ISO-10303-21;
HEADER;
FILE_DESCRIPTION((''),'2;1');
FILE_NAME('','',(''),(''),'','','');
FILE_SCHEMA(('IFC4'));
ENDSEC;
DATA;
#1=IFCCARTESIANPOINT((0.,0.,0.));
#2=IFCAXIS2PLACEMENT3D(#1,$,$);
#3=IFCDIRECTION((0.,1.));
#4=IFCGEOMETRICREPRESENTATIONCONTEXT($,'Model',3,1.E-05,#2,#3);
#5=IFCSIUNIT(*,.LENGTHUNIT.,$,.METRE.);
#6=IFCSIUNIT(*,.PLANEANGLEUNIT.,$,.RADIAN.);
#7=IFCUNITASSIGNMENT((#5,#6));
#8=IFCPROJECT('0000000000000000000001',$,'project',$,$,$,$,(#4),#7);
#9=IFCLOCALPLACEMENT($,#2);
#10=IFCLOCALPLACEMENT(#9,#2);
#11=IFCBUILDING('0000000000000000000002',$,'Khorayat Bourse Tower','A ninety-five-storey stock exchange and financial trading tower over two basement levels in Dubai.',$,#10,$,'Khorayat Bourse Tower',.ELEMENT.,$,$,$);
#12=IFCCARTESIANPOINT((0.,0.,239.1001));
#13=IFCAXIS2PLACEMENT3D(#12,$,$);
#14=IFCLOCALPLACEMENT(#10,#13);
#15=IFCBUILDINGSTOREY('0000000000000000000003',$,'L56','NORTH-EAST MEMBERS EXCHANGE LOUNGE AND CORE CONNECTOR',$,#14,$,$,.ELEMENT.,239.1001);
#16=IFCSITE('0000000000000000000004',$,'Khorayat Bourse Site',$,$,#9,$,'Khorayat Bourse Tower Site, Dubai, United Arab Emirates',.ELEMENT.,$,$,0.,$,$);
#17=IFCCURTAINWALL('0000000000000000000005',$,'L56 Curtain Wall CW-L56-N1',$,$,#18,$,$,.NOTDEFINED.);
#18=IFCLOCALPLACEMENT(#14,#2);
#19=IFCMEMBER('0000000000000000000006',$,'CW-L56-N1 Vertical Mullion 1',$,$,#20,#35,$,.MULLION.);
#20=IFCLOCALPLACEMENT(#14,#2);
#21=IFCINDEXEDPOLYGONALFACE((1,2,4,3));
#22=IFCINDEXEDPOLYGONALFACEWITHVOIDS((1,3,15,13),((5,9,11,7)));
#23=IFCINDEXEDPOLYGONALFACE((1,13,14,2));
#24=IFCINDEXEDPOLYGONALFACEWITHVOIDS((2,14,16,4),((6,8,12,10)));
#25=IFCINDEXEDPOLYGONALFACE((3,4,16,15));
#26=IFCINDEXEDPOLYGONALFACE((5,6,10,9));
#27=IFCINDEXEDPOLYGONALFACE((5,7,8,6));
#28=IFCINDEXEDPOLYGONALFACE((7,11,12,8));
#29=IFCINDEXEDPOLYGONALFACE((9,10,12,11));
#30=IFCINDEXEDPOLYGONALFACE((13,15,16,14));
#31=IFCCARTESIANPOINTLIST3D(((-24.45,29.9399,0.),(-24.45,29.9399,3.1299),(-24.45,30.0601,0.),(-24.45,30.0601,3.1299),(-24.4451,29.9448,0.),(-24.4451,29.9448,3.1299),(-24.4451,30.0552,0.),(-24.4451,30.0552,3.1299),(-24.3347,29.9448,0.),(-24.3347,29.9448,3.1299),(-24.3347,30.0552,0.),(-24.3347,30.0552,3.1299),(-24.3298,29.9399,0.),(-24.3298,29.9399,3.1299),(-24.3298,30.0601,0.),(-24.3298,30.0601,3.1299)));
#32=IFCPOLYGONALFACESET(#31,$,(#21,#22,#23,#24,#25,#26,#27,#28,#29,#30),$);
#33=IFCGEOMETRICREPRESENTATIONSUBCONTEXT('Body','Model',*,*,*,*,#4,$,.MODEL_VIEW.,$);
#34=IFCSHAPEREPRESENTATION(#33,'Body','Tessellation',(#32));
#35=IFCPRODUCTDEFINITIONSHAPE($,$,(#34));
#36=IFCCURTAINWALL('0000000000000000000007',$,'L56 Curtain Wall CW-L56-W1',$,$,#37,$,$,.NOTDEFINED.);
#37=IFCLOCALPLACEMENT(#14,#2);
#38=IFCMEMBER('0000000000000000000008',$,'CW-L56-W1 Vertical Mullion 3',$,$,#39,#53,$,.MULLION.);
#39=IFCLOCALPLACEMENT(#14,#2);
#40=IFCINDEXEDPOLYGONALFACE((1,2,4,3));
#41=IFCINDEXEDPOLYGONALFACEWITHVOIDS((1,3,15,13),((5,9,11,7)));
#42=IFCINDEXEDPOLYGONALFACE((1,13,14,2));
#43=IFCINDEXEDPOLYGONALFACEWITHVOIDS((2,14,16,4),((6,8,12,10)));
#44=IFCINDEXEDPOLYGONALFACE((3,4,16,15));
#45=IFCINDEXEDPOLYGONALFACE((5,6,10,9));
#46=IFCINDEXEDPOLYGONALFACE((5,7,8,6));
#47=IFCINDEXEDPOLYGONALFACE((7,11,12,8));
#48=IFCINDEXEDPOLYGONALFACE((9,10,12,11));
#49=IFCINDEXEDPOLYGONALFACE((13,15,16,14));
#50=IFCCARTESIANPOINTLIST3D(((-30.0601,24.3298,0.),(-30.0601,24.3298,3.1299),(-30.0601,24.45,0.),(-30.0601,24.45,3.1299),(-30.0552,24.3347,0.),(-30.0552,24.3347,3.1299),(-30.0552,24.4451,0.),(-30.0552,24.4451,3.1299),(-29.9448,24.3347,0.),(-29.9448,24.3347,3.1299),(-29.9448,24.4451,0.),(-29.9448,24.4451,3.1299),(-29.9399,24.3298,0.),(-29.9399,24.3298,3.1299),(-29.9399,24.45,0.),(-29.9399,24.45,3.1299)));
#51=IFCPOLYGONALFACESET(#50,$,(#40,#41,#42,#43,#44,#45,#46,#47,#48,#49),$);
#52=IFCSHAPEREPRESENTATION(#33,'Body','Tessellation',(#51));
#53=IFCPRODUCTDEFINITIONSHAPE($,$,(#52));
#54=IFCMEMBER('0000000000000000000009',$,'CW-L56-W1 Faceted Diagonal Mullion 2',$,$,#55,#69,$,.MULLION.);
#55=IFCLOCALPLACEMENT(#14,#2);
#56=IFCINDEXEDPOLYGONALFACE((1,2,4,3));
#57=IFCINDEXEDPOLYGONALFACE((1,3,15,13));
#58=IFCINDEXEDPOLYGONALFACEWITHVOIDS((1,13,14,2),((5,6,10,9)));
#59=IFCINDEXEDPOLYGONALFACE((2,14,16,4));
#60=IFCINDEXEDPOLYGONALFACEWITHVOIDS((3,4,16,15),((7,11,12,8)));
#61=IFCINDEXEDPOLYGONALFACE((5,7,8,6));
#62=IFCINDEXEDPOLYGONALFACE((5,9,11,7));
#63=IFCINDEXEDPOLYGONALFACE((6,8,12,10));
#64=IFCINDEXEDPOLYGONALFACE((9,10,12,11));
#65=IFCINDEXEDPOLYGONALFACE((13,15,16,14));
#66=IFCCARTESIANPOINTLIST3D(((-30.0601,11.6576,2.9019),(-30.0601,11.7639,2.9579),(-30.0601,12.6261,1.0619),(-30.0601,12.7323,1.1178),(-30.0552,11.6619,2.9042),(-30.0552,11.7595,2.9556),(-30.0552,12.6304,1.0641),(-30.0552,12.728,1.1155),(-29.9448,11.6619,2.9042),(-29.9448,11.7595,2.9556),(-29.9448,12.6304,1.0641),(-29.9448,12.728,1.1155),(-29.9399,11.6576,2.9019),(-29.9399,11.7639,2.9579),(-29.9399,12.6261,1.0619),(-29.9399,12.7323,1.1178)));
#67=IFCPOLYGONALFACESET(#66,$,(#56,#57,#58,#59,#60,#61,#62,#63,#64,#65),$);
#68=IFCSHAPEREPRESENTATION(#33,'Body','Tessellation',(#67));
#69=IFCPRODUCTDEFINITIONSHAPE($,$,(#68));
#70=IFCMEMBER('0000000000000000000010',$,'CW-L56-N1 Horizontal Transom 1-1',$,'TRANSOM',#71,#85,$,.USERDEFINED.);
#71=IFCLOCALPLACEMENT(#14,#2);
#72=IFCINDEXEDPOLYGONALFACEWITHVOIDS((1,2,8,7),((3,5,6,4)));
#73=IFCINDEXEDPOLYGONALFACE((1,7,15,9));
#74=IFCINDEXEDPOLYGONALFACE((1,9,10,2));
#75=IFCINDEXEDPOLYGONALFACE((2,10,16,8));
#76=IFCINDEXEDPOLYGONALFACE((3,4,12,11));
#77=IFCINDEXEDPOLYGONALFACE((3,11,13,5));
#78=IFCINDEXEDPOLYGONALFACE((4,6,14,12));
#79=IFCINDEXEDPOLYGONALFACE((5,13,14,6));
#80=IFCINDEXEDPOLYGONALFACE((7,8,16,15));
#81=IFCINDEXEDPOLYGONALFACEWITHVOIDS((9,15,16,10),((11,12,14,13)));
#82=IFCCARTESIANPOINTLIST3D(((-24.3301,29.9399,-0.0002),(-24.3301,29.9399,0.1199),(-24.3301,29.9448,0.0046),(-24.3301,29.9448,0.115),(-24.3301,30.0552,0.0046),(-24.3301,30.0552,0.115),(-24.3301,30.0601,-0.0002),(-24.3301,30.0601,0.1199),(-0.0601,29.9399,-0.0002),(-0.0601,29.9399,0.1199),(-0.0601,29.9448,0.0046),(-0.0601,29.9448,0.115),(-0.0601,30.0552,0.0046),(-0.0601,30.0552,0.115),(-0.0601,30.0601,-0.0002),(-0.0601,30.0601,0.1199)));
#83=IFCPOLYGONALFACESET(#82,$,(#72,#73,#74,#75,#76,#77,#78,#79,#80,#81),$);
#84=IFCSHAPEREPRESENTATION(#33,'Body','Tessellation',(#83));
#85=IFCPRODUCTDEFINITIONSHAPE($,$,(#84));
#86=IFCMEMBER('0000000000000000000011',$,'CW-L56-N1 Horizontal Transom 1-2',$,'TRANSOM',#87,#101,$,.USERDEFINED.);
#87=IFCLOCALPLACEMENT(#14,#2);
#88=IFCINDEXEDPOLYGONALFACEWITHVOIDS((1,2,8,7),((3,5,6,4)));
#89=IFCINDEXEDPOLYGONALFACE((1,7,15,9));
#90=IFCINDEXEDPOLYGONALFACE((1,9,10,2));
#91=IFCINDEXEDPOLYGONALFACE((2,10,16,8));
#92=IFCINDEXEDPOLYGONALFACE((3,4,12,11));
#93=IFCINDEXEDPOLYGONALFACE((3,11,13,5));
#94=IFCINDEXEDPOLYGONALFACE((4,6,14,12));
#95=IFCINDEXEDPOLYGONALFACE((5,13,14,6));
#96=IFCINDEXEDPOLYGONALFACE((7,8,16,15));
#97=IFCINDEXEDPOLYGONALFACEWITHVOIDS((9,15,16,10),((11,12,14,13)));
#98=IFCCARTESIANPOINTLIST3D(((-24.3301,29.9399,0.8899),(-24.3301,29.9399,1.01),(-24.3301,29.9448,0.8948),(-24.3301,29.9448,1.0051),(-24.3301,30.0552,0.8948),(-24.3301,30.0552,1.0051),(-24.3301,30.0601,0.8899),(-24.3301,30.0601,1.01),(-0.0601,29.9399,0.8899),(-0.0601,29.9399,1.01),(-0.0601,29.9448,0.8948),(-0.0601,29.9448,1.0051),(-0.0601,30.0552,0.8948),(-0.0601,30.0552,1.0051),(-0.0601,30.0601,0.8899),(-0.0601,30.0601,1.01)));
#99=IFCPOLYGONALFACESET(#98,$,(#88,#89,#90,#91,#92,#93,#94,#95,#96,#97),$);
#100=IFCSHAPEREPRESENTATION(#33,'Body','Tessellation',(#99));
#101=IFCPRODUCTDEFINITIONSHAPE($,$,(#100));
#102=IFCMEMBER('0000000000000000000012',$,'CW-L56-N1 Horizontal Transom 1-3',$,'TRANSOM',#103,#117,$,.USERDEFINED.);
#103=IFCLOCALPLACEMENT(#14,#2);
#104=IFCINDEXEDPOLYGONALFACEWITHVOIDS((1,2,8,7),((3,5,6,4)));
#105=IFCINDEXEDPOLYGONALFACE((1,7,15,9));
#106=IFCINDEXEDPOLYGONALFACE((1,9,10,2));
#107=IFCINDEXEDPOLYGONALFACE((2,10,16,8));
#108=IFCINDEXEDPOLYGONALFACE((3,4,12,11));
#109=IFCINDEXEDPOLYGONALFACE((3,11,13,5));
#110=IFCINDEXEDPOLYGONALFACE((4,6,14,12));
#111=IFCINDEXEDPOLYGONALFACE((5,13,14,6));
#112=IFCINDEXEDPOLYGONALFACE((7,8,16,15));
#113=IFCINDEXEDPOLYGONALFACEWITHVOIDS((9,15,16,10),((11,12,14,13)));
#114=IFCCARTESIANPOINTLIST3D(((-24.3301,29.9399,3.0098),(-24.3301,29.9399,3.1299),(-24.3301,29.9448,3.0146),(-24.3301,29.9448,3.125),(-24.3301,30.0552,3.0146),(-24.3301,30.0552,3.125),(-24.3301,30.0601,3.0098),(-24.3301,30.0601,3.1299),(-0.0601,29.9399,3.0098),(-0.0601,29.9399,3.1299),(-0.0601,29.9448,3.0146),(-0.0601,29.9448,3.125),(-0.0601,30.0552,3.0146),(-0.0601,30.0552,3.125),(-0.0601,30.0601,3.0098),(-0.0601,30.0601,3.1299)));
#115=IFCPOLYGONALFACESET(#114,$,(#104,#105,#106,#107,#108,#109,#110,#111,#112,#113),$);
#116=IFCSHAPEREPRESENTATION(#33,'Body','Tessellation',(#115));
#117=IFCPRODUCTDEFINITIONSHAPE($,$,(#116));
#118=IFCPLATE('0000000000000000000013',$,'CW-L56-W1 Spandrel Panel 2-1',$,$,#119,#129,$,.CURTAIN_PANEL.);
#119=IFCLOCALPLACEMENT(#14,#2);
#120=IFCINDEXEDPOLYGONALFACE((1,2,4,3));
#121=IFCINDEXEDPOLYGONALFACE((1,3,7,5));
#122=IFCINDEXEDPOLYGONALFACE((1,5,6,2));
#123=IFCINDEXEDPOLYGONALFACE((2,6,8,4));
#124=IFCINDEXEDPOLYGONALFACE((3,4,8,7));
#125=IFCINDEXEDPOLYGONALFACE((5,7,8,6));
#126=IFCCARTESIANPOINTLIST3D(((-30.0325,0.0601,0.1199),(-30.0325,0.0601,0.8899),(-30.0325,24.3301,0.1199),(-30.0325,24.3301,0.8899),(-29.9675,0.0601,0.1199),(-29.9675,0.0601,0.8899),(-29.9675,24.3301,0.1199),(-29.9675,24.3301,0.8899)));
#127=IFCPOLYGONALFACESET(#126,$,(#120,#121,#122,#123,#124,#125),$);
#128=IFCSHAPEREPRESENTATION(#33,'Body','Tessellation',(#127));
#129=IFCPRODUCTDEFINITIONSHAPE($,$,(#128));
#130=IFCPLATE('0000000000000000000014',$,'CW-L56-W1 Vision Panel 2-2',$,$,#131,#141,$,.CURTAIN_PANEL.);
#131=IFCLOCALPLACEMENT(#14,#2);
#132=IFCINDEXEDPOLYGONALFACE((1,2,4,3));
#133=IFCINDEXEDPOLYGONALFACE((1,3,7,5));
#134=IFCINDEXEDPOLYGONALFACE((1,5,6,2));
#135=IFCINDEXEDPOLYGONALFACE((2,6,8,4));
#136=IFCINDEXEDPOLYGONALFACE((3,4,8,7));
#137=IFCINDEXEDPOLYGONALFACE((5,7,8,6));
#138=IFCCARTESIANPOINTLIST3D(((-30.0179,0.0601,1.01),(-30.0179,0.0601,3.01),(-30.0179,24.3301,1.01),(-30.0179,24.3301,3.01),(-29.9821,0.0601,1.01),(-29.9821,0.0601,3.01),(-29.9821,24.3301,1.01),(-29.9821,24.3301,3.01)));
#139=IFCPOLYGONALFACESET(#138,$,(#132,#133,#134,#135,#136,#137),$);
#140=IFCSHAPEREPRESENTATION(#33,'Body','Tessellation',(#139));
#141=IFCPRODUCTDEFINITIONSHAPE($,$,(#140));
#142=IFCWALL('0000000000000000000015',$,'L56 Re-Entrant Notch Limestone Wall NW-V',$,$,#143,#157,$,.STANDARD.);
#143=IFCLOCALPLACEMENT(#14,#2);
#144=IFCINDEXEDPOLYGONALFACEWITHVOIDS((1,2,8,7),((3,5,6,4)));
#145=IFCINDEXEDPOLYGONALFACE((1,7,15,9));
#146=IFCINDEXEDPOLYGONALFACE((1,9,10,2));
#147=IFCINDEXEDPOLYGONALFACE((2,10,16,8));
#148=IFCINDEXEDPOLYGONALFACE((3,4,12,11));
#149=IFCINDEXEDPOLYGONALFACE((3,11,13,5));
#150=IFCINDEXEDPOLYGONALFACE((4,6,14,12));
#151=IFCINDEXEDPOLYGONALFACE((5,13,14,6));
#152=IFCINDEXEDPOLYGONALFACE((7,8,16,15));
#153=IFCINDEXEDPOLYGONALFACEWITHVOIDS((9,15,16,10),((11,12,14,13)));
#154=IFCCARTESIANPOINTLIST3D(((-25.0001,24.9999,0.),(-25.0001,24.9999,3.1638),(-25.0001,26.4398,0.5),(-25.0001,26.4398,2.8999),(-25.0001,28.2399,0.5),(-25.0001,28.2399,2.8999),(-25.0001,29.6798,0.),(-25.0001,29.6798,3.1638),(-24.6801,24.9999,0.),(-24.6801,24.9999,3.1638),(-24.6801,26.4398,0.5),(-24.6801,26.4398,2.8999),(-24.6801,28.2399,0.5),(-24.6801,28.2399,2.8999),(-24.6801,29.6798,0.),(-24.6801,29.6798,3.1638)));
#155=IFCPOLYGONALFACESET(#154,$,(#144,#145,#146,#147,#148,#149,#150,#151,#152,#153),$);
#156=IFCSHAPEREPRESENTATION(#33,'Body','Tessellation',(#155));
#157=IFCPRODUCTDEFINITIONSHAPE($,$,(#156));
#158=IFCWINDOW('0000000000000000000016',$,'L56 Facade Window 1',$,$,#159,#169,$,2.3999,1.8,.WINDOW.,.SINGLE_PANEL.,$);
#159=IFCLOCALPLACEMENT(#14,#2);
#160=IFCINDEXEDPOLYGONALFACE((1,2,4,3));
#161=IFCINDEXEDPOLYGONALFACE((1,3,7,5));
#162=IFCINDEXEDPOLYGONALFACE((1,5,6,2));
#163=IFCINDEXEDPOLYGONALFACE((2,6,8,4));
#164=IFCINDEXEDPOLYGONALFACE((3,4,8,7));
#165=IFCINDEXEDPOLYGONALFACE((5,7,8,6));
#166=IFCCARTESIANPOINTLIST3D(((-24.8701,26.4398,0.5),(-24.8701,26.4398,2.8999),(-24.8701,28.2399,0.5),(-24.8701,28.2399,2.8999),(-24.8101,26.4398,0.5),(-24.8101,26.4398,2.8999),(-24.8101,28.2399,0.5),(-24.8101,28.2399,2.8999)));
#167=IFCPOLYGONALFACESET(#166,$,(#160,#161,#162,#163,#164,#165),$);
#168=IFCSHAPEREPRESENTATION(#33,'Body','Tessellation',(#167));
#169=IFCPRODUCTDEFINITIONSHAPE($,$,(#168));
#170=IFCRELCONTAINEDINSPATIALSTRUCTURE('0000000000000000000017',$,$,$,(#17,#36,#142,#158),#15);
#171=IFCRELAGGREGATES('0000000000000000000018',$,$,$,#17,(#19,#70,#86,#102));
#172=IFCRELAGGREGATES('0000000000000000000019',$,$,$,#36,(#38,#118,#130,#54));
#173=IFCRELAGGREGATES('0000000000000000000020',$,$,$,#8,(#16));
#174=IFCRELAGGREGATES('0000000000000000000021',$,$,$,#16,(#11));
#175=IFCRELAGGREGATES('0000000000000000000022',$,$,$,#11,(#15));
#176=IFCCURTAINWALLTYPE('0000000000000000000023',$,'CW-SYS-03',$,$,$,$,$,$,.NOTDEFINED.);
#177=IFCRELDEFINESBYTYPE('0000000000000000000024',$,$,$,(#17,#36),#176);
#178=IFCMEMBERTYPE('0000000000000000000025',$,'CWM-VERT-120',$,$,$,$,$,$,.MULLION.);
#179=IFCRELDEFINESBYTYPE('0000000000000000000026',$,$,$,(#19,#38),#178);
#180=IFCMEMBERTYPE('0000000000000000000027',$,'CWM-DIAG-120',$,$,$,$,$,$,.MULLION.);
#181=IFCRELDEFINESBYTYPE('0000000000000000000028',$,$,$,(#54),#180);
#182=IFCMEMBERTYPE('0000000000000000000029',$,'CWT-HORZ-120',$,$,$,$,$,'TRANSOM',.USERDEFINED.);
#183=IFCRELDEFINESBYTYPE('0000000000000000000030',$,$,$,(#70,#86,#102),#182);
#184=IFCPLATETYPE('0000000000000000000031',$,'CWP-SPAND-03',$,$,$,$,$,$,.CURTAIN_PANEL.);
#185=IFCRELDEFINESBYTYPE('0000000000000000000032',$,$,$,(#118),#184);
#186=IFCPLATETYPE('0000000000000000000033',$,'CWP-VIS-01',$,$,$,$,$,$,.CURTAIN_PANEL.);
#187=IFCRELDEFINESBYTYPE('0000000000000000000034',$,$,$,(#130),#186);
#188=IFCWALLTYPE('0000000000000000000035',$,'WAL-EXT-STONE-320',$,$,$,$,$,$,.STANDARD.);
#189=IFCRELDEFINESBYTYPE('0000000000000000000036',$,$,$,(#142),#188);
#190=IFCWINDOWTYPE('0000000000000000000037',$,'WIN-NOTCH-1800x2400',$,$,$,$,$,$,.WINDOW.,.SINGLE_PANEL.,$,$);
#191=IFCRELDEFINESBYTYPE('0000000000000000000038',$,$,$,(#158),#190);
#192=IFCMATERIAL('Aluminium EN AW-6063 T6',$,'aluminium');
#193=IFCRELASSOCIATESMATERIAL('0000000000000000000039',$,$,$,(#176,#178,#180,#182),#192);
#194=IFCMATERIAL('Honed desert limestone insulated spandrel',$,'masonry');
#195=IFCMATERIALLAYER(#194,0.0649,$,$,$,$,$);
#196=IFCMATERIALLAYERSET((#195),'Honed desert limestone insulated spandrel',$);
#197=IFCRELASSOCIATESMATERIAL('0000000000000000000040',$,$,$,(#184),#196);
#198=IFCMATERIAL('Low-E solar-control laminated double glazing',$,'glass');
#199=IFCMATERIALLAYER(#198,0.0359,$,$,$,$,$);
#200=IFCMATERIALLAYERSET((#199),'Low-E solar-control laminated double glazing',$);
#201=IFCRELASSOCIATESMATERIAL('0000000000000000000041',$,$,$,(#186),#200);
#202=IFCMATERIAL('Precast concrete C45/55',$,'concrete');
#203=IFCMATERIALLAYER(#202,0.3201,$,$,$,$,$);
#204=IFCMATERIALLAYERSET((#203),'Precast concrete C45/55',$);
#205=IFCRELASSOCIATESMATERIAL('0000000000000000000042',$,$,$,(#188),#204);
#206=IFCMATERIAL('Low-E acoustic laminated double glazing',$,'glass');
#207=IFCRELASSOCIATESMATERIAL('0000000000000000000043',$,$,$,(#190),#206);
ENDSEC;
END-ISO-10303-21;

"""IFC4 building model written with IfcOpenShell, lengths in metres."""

from ifc_helpers import new_model, si_unit, direction, frame, frame_2d, origin, origin_2d, place, context, subcontext, project, spatial, rectangle, hollow_rectangle, extrude, source, transform, mapped, material, layer, layer_set, material_profile, profile_set, type_object, element, fill, aggregate, save


model = new_model("IFC4")

# Units and contexts
model_context = context("Model", 3, precision=1e-05, world=origin(), true_north=direction((0.0, 1.0)))
body_context = subcontext(model_context, "Body", "Model", "MODEL_VIEW")
ifc_project = project(units=[si_unit("LENGTHUNIT", "METRE"), si_unit("PLANEANGLEUNIT", "RADIAN")], contexts=[model_context])

# Site, building, storey
site_placement = place(None, origin())
site = spatial("IfcSite", under=ifc_project, at=site_placement, Name="Khorayat Bourse Site", LongName="Khorayat Bourse Tower Site, Dubai, United Arab Emirates", CompositionType="ELEMENT", RefElevation=0.0)
building_placement = place(site_placement, origin())
building = spatial("IfcBuilding", under=site, at=building_placement, Name="Khorayat Bourse Tower", Description="A ninety-five-storey stock exchange and financial trading tower over two basement levels in Dubai.", LongName="Khorayat Bourse Tower", CompositionType="ELEMENT")
storey_placement = place(building_placement, frame((0.0, 0.0, 239.1001)))
storey = spatial("IfcBuildingStorey", under=building, at=storey_placement, Name="L56", Description="NORTH-EAST MEMBERS EXCHANGE LOUNGE AND CORE CONNECTOR", CompositionType="ELEMENT", Elevation=239.1001)

# Curtain wall, member
ifc_material_1 = material(Name="Aluminium EN AW-6063 T6", Category="aluminium")
curtain_wall_type = type_object("IfcCurtainWallType", Name="CW-SYS-03", PredefinedType="NOTDEFINED", material=ifc_material_1)
curtain_wall_1_placement = place(storey_placement, origin())
curtain_wall_1 = element("IfcCurtainWall", 1, at=curtain_wall_1_placement, inside=storey, type_object=curtain_wall_type, Name="L56 Curtain Wall CW-L56-N1", PredefinedType="NOTDEFINED")
ifc_material_profile_1 = material_profile(ifc_material_1, hollow_rectangle(XDim=0.1201, YDim=0.1201, WallThickness=0.0049, at=origin_2d()), Name="ALU 120x120x5")
ifc_profile_set_1 = profile_set([ifc_material_profile_1], Name="Aluminium EN AW-6063 T6")
member_type_1 = type_object("IfcMemberType", Name="CWM-VERT-120", PredefinedType="MULLION", material=ifc_profile_set_1)
shared_shape_1 = source(origin(), body_context, "Body", "SweptSolid", [
    extrude(hollow_rectangle(XDim=0.1201, YDim=0.1201, WallThickness=0.0049, at=origin_2d()), origin(), (0.0, 0.0, 1.0), 3.1299),
])
member_1_placement = place(storey_placement, frame((-24.3899, 30.0, 0.0), z_axis=(0.0, 0.0, 1.0), x_axis=(0.0, 1.0, 0.0)))
member_1 = element("IfcMember", 2, at=member_1_placement, type_object=member_type_1, Name="CW-L56-N1 Vertical Mullion 1", PredefinedType="MULLION", context=body_context, shape_type="MappedRepresentation", body=[
    mapped(shared_shape_1, transform((0.0, 0.0, 0.0), scale=1.0)),
])

# Curtain wall, members
curtain_wall_2_placement = place(storey_placement, origin())
curtain_wall_2 = element("IfcCurtainWall", 3, at=curtain_wall_2_placement, inside=storey, type_object=curtain_wall_type, Name="L56 Curtain Wall CW-L56-W1", PredefinedType="NOTDEFINED")
member_2_placement = place(storey_placement, frame((-30.0, 24.3899, 0.0), z_axis=(0.0, 0.0, 1.0), x_axis=(-1.0, 0.0, 0.0)))
member_2 = element("IfcMember", 4, at=member_2_placement, type_object=member_type_1, Name="CW-L56-W1 Vertical Mullion 3", PredefinedType="MULLION", context=body_context, shape_type="MappedRepresentation", body=[
    mapped(shared_shape_1, transform((0.0, 0.0, 0.0), scale=1.0)),
])
ifc_material_profile_2 = material_profile(ifc_material_1, hollow_rectangle(XDim=0.1201, YDim=0.1201, WallThickness=0.0049, at=origin_2d()), Name="ALU 120x120x5")
ifc_profile_set_2 = profile_set([ifc_material_profile_2], Name="Aluminium EN AW-6063 T6")
member_type_2 = type_object("IfcMemberType", Name="CWM-DIAG-120", PredefinedType="MULLION", material=ifc_profile_set_2)
shared_shape_2 = source(origin(), body_context, "Body", "SweptSolid", [
    extrude(hollow_rectangle(XDim=0.1201, YDim=0.1201, WallThickness=0.0049, at=origin_2d()), origin(), (0.0, 0.0, 1.0), 2.0793),
])
member_3_placement = place(storey_placement, frame((-30.0, 12.6792, 1.0898), z_axis=(0.0, -0.465761, 0.884911), x_axis=(1.0, 0.0, 0.0)))
member_3 = element("IfcMember", 5, at=member_3_placement, type_object=member_type_2, Name="CW-L56-W1 Faceted Diagonal Mullion 2", PredefinedType="MULLION", context=body_context, shape_type="MappedRepresentation", body=[
    mapped(shared_shape_2, transform((0.0, 0.0, 0.0), scale=1.0)),
])

# Members
ifc_material_profile_3 = material_profile(ifc_material_1, hollow_rectangle(XDim=0.1201, YDim=0.1201, WallThickness=0.0049, at=origin_2d()), Name="ALU 120x120x5")
ifc_profile_set_3 = profile_set([ifc_material_profile_3], Name="Aluminium EN AW-6063 T6")
member_type_3 = type_object("IfcMemberType", Name="CWT-HORZ-120", ElementType="TRANSOM", PredefinedType="USERDEFINED", material=ifc_profile_set_3)
shared_shape_3 = source(origin(), body_context, "Body", "SweptSolid", [
    extrude(hollow_rectangle(XDim=0.1201, YDim=0.1201, WallThickness=0.0049, at=origin_2d()), origin(), (0.0, 0.0, 1.0), 24.27),
])
member_4_placement = place(storey_placement, frame((-24.3301, 30.0, 0.0598), z_axis=(1.0, 0.0, 0.0), x_axis=(0.0, 1.0, 0.0)))
member_4 = element("IfcMember", 6, at=member_4_placement, type_object=member_type_3, Name="CW-L56-N1 Horizontal Transom 1-1", ObjectType="TRANSOM", PredefinedType="USERDEFINED", context=body_context, shape_type="MappedRepresentation", body=[
    mapped(shared_shape_3, transform((0.0, 0.0, 0.0), scale=1.0)),
])
member_5_placement = place(storey_placement, frame((-24.3301, 30.0, 0.95), z_axis=(1.0, 0.0, 0.0), x_axis=(0.0, 1.0, 0.0)))
member_5 = element("IfcMember", 7, at=member_5_placement, type_object=member_type_3, Name="CW-L56-N1 Horizontal Transom 1-2", ObjectType="TRANSOM", PredefinedType="USERDEFINED", context=body_context, shape_type="MappedRepresentation", body=[
    mapped(shared_shape_3, transform((0.0, 0.0, 0.0), scale=1.0)),
])
member_6_placement = place(storey_placement, frame((-24.3301, 30.0, 3.0698), z_axis=(1.0, 0.0, 0.0), x_axis=(0.0, 1.0, 0.0)))
member_6 = element("IfcMember", 8, at=member_6_placement, type_object=member_type_3, Name="CW-L56-N1 Horizontal Transom 1-3", ObjectType="TRANSOM", PredefinedType="USERDEFINED", context=body_context, shape_type="MappedRepresentation", body=[
    mapped(shared_shape_3, transform((0.0, 0.0, 0.0), scale=1.0)),
])
aggregate(curtain_wall_1, [member_1, member_4, member_5, member_6])

# Plates
ifc_material_2 = material(Name="Honed desert limestone insulated spandrel", Category="masonry")
ifc_layer_1 = layer(ifc_material_2, 0.0649)
ifc_layer_set_1 = layer_set([ifc_layer_1], Name="Honed desert limestone insulated spandrel")
plate_type_1 = type_object("IfcPlateType", Name="CWP-SPAND-03", PredefinedType="CURTAIN_PANEL", material=ifc_layer_set_1)
shared_shape_4 = source(origin(), body_context, "Body", "SweptSolid", [
    extrude(rectangle(XDim=24.27, YDim=0.0649, at=origin_2d()), origin(), (0.0, 0.0, 1.0), 0.77),
])
plate_1_placement = place(storey_placement, frame((-30.0, 12.1951, 0.1199), z_axis=(0.0, 0.0, 1.0), x_axis=(0.0, 1.0, 0.0)))
plate_1 = element("IfcPlate", 9, at=plate_1_placement, type_object=plate_type_1, Name="CW-L56-W1 Spandrel Panel 2-1", PredefinedType="CURTAIN_PANEL", context=body_context, shape_type="MappedRepresentation", body=[
    mapped(shared_shape_4, transform((0.0, 0.0, 0.0), scale=1.0)),
])
ifc_material_3 = material(Name="Low-E solar-control laminated double glazing", Category="glass")
ifc_layer_2 = layer(ifc_material_3, 0.0359)
ifc_layer_set_2 = layer_set([ifc_layer_2], Name="Low-E solar-control laminated double glazing")
plate_type_2 = type_object("IfcPlateType", Name="CWP-VIS-01", PredefinedType="CURTAIN_PANEL", material=ifc_layer_set_2)
shared_shape_5 = source(origin(), body_context, "Body", "SweptSolid", [
    extrude(rectangle(XDim=24.27, YDim=0.0359, at=origin_2d()), origin(), (0.0, 0.0, 1.0), 2.0),
])
plate_2_placement = place(storey_placement, frame((-30.0, 12.1951, 1.01), z_axis=(0.0, 0.0, 1.0), x_axis=(0.0, 1.0, 0.0)))
plate_2 = element("IfcPlate", 10, at=plate_2_placement, type_object=plate_type_2, Name="CW-L56-W1 Vision Panel 2-2", PredefinedType="CURTAIN_PANEL", context=body_context, shape_type="MappedRepresentation", body=[
    mapped(shared_shape_5, transform((0.0, 0.0, 0.0), scale=1.0)),
])
aggregate(curtain_wall_2, [member_2, plate_1, plate_2, member_3])

# Wall, opening, window
ifc_material_4 = material(Name="Precast concrete C45/55", Category="concrete")
ifc_layer_3 = layer(ifc_material_4, 0.3201)
ifc_layer_set_3 = layer_set([ifc_layer_3], Name="Precast concrete C45/55")
wall_type_1 = type_object("IfcWallType", Name="WAL-EXT-STONE-320", PredefinedType="STANDARD", material=ifc_layer_set_3)
shared_shape_6 = source(origin(), body_context, "Body", "SweptSolid", [
    extrude(rectangle(XDim=4.6799, YDim=0.3201, at=frame_2d((2.3398, 0.0))), origin(), (0.0, 0.0, 1.0), 3.1638),
])
wall_1_placement = place(storey_placement, frame((-24.8401, 25.0, 0.0), z_axis=(0.0, 0.0, 1.0), x_axis=(0.0, 1.0, 0.0)))
wall_1 = element("IfcWall", 11, at=wall_1_placement, inside=storey, type_object=wall_type_1, Name="L56 Re-Entrant Notch Limestone Wall NW-V", PredefinedType="STANDARD", context=body_context, shape_type="MappedRepresentation", body=[
    mapped(shared_shape_6, transform((0.0, 0.0, 0.0), scale=1.0)),
])
shared_shape_7 = source(origin(), body_context, "Body", "SweptSolid", [
    extrude(rectangle(XDim=1.8, YDim=2.3999, at=frame_2d((0.8999, 1.2))), frame((0.0, 0.1699, 0.0), z_axis=(0.0, -1.0, 0.0), x_axis=(1.0, 0.0, 0.0)), (0.0, 0.0, 1.0), 0.3401),
])
opening_1_placement = place(wall_1_placement, frame((1.4399, 0.0, 0.5)))
opening_1 = element("IfcOpeningElement", 12, at=opening_1_placement, cuts=wall_1, PredefinedType="OPENING", context=body_context, shape_type="MappedRepresentation", body=[
    mapped(shared_shape_7, transform((0.0, 0.0, 0.0), scale=1.0)),
])
ifc_material_5 = material(Name="Low-E acoustic laminated double glazing", Category="glass")
window_type = type_object("IfcWindowType", Name="WIN-NOTCH-1800x2400", PartitioningType="SINGLE_PANEL", PredefinedType="WINDOW", material=ifc_material_5)
shared_shape_8 = source(origin(), body_context, "Body", "SweptSolid", [
    extrude(rectangle(XDim=1.8, YDim=2.3999, at=frame_2d((0.8999, 1.2))), frame((0.0, 0.03, 0.0), z_axis=(0.0, -1.0, 0.0), x_axis=(1.0, 0.0, 0.0)), (0.0, 0.0, 1.0), 0.0601),
])
window_1_placement = place(opening_1_placement, origin())
window_1 = element("IfcWindow", 13, at=window_1_placement, inside=storey, type_object=window_type, Name="L56 Facade Window 1", OverallHeight=2.3999, OverallWidth=1.8, PartitioningType="SINGLE_PANEL", PredefinedType="WINDOW", context=body_context, shape_type="MappedRepresentation", body=[
    mapped(shared_shape_8, transform((0.0, 0.0, 0.0), scale=1.0)),
])
fill(opening_1, window_1)

save(model, "model.ifc")
